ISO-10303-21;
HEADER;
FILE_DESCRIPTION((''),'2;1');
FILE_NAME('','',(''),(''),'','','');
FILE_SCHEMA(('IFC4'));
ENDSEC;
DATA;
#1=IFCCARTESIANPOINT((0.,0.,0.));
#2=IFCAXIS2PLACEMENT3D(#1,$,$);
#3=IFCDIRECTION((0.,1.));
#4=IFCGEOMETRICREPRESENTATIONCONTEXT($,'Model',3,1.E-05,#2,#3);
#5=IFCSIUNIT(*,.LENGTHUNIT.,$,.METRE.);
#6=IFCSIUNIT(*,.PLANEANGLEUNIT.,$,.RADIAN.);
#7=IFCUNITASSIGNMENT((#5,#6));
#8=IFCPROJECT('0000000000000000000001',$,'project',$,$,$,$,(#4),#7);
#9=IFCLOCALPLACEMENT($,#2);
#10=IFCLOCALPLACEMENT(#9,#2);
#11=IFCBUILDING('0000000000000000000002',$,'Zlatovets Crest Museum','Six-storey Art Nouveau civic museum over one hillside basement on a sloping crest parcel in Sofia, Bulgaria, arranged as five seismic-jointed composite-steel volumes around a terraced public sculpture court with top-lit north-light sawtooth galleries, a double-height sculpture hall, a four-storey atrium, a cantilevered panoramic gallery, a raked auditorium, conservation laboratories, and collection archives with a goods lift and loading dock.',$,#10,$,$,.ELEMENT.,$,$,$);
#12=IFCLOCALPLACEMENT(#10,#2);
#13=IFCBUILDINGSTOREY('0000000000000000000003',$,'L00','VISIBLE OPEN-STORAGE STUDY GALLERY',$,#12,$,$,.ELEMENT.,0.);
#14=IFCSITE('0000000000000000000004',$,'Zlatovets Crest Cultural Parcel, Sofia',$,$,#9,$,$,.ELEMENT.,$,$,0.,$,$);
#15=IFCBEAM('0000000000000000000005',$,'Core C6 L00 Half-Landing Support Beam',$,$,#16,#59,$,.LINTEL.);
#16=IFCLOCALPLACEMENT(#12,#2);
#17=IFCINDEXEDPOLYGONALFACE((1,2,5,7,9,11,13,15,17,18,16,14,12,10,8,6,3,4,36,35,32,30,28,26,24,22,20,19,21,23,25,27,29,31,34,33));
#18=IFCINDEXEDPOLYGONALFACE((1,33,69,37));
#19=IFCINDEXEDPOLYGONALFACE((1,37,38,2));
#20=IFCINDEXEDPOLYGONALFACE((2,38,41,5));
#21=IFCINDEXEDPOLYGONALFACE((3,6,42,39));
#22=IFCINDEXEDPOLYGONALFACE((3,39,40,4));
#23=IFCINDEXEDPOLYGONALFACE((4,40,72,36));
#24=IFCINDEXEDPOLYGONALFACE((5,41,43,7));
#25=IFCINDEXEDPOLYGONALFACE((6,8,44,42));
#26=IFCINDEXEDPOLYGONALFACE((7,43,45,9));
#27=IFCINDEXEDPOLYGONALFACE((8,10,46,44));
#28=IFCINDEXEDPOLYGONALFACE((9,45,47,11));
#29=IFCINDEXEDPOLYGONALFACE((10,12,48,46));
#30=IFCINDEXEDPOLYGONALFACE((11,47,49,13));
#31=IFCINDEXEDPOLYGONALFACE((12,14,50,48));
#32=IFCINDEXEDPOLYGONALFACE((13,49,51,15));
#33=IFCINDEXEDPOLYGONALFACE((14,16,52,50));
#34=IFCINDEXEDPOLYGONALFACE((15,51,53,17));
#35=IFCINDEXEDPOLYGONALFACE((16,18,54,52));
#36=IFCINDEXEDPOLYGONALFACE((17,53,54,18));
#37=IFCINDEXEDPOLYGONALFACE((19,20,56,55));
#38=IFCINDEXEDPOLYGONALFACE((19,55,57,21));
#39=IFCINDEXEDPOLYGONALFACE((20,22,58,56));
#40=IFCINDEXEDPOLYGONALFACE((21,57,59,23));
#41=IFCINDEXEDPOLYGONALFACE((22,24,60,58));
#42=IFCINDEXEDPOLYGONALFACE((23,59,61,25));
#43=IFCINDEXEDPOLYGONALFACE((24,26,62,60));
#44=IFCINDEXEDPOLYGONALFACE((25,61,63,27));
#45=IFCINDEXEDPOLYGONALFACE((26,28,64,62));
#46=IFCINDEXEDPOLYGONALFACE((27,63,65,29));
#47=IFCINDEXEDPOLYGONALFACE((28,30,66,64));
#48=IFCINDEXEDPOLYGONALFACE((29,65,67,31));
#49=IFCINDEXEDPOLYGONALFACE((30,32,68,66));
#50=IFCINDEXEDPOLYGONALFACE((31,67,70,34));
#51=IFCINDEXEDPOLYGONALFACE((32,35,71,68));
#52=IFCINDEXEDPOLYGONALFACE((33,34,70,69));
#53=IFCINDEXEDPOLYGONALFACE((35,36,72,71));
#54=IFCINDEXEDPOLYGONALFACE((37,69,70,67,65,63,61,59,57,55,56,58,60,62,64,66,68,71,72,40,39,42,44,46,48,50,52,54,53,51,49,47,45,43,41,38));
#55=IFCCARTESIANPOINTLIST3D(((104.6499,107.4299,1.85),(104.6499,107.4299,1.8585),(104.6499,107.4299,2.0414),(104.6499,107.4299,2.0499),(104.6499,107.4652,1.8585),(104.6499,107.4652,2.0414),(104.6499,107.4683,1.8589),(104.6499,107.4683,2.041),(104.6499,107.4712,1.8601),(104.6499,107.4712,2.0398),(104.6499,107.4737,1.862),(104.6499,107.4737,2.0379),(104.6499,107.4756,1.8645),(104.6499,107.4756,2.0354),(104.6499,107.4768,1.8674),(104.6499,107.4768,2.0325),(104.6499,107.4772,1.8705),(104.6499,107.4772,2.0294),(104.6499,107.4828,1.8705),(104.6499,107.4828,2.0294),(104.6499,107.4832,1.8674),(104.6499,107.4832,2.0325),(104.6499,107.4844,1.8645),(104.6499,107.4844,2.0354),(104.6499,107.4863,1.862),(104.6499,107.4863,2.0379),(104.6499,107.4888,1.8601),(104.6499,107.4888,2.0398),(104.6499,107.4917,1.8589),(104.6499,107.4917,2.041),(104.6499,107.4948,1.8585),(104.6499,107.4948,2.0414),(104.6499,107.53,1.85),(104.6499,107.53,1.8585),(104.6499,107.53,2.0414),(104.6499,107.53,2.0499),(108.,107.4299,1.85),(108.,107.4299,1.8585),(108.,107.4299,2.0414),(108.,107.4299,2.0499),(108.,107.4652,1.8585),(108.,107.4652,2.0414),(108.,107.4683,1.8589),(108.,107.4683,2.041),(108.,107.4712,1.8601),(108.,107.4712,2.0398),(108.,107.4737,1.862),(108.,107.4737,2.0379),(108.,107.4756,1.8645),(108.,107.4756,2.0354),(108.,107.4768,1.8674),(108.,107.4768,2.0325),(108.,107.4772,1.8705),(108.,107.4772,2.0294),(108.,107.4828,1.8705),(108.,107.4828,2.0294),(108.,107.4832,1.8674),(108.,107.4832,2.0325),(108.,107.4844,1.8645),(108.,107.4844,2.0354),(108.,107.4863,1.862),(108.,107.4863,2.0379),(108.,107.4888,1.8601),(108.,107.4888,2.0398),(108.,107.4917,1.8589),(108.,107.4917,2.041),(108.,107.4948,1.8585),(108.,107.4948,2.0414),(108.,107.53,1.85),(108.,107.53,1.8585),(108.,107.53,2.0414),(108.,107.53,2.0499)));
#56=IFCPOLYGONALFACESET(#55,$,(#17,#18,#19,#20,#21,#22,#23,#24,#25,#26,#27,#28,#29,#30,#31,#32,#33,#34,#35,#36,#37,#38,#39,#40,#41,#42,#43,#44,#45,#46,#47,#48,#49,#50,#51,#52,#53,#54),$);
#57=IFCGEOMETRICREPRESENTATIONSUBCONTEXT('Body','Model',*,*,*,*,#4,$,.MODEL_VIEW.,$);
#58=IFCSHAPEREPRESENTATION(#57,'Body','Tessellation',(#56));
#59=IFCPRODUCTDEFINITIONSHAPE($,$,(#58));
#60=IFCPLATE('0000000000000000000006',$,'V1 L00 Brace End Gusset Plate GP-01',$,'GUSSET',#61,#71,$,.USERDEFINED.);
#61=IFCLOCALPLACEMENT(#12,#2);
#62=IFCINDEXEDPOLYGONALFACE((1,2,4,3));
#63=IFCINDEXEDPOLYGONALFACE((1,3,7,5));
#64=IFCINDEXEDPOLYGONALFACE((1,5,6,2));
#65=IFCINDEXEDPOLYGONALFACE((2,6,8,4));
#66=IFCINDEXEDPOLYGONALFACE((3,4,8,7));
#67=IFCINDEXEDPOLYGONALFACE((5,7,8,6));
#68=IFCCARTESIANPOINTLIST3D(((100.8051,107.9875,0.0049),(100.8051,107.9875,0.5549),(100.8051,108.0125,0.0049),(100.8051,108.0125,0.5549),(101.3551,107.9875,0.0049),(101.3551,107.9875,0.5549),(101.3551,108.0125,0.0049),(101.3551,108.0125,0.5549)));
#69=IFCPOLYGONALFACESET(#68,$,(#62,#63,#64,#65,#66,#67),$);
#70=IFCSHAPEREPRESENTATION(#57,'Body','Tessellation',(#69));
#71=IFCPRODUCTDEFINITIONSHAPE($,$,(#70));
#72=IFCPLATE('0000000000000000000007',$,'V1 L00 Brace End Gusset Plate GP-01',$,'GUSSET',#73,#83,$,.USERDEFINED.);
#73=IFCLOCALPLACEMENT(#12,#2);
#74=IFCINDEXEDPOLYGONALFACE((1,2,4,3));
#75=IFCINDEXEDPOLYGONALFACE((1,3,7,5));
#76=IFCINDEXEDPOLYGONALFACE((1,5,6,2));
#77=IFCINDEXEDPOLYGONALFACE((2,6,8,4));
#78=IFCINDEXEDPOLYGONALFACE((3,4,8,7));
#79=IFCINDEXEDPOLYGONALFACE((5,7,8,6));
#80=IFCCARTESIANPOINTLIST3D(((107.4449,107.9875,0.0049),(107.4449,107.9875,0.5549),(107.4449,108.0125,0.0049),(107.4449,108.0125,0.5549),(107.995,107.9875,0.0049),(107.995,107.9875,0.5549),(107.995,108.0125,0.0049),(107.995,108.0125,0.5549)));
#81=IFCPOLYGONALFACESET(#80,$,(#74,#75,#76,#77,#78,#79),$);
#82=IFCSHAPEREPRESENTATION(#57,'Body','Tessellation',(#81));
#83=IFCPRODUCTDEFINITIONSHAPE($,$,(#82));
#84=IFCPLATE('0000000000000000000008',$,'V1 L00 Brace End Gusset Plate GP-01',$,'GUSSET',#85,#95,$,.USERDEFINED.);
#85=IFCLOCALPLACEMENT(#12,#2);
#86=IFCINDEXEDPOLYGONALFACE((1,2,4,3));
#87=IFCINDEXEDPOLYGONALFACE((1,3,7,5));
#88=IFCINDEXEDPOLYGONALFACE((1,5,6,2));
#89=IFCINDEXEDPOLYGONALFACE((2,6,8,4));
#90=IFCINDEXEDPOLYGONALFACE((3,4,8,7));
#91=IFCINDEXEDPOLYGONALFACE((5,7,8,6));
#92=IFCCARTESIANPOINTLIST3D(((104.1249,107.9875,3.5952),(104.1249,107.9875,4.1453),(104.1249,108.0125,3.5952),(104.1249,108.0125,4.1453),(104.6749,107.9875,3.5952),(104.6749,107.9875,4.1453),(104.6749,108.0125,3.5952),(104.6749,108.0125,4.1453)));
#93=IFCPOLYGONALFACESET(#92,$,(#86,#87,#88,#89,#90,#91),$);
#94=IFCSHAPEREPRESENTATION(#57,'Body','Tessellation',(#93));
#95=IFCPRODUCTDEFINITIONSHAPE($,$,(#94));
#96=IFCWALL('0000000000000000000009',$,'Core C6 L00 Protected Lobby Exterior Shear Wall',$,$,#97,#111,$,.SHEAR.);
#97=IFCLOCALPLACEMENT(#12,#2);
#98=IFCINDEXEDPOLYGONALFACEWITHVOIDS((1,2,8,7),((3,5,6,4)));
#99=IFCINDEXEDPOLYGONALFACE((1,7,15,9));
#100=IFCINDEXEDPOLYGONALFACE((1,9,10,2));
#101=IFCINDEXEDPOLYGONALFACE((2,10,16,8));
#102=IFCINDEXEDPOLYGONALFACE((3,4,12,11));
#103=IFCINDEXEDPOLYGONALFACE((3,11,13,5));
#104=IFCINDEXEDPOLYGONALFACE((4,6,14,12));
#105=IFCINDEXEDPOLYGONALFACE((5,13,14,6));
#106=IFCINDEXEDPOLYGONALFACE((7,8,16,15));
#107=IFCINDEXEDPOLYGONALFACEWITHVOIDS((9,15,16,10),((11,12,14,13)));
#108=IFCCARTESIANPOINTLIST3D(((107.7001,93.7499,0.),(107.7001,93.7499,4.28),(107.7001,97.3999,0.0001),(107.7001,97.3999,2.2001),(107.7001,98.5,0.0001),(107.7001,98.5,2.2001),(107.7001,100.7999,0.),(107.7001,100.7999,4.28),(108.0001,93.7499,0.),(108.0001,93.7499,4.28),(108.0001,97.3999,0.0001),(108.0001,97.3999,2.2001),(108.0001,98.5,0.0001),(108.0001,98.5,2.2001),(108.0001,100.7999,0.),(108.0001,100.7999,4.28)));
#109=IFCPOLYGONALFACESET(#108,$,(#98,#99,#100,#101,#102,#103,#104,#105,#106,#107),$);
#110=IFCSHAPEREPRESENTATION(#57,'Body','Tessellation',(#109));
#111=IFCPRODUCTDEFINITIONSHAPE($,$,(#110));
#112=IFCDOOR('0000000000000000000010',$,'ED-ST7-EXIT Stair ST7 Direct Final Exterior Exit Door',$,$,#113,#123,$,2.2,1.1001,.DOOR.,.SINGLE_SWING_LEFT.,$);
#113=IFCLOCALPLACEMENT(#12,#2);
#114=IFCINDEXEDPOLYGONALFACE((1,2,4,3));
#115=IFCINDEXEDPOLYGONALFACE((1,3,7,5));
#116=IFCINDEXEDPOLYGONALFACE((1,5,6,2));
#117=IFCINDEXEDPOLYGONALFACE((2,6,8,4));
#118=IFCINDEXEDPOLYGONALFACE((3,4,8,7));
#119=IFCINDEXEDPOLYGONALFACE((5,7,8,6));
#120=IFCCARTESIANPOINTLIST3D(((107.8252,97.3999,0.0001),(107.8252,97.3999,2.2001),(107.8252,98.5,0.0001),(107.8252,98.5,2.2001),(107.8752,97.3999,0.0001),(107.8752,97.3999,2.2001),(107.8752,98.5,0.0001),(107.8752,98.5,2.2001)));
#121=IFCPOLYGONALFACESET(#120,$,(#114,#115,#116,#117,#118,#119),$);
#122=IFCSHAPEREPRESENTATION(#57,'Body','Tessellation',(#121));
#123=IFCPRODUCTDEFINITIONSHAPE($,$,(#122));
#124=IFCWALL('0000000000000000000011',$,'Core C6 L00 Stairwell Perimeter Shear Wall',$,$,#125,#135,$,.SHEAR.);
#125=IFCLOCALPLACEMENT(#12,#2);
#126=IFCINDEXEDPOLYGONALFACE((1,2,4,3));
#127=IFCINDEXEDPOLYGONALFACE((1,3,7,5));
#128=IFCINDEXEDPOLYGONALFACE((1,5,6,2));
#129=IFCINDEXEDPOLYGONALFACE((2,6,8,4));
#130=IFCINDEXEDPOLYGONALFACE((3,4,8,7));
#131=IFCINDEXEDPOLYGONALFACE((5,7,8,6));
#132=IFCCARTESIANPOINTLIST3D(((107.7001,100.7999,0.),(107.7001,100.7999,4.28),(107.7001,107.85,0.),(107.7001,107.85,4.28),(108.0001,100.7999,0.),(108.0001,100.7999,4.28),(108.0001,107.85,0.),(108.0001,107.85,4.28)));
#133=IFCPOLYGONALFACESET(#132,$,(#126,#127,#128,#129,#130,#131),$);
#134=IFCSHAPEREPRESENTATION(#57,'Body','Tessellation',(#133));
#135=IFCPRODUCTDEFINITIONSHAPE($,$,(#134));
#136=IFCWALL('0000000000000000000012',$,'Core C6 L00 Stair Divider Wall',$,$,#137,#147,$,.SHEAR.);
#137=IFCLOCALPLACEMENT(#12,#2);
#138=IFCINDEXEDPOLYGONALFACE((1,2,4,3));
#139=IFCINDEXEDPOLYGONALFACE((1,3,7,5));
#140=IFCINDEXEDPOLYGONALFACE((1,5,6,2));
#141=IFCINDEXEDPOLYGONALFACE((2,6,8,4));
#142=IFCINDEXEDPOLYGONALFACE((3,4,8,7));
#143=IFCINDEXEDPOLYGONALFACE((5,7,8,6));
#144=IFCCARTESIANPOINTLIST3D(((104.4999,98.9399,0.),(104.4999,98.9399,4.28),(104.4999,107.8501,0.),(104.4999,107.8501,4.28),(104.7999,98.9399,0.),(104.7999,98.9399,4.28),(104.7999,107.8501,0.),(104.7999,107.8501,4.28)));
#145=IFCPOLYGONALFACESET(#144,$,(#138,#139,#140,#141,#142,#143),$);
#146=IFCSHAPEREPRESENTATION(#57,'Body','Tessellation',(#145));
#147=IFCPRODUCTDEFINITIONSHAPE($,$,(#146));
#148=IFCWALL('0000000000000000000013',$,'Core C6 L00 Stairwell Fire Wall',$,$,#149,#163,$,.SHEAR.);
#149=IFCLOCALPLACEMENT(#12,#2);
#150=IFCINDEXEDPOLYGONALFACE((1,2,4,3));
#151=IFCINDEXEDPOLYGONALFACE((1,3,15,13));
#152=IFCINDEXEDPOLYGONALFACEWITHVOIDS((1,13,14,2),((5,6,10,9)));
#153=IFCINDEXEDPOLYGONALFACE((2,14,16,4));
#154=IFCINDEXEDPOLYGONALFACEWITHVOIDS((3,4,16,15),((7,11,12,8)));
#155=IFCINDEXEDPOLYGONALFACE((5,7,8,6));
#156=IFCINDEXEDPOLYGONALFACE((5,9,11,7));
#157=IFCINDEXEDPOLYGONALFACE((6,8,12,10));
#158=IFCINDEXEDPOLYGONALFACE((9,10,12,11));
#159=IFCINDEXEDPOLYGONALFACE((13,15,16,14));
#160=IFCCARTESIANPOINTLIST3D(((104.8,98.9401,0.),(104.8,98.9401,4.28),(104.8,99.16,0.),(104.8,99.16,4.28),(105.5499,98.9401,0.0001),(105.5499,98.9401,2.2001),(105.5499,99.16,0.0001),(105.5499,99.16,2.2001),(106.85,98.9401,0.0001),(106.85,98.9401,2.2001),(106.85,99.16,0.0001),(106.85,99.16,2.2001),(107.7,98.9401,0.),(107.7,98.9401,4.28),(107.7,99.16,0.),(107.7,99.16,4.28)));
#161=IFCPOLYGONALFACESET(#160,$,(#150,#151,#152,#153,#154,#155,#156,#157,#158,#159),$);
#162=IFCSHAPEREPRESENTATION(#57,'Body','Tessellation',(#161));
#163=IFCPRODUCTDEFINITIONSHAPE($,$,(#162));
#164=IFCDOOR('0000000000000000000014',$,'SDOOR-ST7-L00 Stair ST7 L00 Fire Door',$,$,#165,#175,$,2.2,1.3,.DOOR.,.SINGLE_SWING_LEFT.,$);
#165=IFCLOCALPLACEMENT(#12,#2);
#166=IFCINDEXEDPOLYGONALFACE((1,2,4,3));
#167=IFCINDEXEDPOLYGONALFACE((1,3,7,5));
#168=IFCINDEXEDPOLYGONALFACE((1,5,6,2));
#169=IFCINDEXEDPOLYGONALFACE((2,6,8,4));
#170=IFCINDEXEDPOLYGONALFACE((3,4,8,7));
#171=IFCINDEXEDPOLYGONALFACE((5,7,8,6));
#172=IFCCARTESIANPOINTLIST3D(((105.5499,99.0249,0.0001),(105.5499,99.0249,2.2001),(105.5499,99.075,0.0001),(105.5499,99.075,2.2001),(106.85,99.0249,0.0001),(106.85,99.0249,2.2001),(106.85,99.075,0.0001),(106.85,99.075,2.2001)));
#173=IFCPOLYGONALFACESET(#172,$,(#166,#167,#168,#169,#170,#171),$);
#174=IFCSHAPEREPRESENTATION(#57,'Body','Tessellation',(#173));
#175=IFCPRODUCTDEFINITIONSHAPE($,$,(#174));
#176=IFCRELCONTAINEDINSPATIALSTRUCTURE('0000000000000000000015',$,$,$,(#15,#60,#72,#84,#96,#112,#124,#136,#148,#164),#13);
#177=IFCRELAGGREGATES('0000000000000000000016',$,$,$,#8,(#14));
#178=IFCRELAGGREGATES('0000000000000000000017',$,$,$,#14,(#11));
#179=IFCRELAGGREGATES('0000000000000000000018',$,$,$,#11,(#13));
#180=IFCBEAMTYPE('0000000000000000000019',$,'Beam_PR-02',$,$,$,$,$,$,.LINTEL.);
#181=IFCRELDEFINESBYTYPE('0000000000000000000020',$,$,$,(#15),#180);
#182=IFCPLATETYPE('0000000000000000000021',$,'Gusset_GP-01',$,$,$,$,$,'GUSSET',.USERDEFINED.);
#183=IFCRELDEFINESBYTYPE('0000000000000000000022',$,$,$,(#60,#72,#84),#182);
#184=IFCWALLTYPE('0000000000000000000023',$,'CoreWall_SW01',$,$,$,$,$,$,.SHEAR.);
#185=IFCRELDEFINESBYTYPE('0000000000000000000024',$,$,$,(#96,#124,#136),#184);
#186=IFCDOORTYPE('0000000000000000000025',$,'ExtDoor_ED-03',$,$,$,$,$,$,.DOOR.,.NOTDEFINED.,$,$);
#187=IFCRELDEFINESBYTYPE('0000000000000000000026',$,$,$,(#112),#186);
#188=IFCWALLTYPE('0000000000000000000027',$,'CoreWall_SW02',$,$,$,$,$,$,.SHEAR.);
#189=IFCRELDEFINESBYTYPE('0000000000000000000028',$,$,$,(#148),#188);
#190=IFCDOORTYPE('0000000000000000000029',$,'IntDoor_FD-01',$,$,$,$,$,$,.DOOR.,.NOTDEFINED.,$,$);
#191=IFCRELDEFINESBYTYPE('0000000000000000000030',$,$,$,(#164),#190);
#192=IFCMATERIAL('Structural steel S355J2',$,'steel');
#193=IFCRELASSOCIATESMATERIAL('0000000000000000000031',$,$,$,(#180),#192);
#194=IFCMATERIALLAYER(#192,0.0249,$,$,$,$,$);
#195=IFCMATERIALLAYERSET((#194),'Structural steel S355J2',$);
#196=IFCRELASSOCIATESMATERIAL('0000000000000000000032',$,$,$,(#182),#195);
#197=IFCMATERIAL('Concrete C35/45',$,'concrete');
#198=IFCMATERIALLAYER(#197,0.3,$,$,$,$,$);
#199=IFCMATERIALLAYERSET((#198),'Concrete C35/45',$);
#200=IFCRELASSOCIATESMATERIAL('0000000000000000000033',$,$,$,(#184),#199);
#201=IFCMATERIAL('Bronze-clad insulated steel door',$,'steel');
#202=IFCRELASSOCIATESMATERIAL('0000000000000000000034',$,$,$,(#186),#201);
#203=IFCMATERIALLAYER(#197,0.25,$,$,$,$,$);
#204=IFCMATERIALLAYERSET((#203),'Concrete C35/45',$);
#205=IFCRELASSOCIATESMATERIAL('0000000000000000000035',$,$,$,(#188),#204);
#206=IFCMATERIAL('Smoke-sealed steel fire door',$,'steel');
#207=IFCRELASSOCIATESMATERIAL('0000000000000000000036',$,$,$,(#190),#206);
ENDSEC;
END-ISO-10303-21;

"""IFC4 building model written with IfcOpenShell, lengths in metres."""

from ifc_helpers import new_model, si_unit, direction, frame, frame_2d, origin, origin_2d, place, context, subcontext, project, spatial, rectangle, i_section, extrude, material, layer, layer_set, material_profile, profile_set, type_object, element, fill, save


model = new_model("IFC4")

# Units and contexts
model_context = context("Model", 3, precision=1e-05, world=origin(), true_north=direction((0.0, 1.0)))
body_context = subcontext(model_context, "Body", "Model", "MODEL_VIEW")
ifc_project = project(units=[si_unit("LENGTHUNIT", "METRE"), si_unit("PLANEANGLEUNIT", "RADIAN")], contexts=[model_context])

# Site, building, storey
site_placement = place(None, origin())
site = spatial("IfcSite", under=ifc_project, at=site_placement, Name="Zlatovets Crest Cultural Parcel, Sofia", CompositionType="ELEMENT", RefElevation=0.0)
building_placement = place(site_placement, origin())
building = spatial("IfcBuilding", under=site, at=building_placement, Name="Zlatovets Crest Museum", Description="Six-storey Art Nouveau civic museum over one hillside basement on a sloping crest parcel in Sofia, Bulgaria, arranged as five seismic-jointed composite-steel volumes around a terraced public sculpture court with top-lit north-light sawtooth galleries, a double-height sculpture hall, a four-storey atrium, a cantilevered panoramic gallery, a raked auditorium, conservation laboratories, and collection archives with a goods lift and loading dock.", CompositionType="ELEMENT")
storey_placement = place(building_placement, origin())
storey = spatial("IfcBuildingStorey", under=building, at=storey_placement, Name="L00", Description="VISIBLE OPEN-STORAGE STUDY GALLERY", CompositionType="ELEMENT", Elevation=0.0)

# Shared definitions
ifc_material_1 = material(Name="Structural steel S355J2", Category="steel")

# Beam
ifc_material_profile_1 = material_profile(ifc_material_1, i_section(OverallWidth=0.1001, OverallDepth=0.2, WebThickness=0.0056, FlangeThickness=0.0085, FilletRadius=0.012, at=origin_2d()), Name="IPE 200")
ifc_profile_set_1 = profile_set([ifc_material_profile_1], Name="Structural steel S355J2")
beam_type_1 = type_object("IfcBeamType", Name="Beam_PR-02", PredefinedType="LINTEL", material=ifc_profile_set_1)
for number, where, z_axis, x_axis, name in (
    (1, (104.6499, 107.48, 1.95), (1.0, 0.0, 0.0), (0.0, 1.0, 0.0), "Core C6 L00 Half-Landing Support Beam"),
):
    element("IfcBeam", number, at=place(storey_placement, frame(where, z_axis=z_axis, x_axis=x_axis)), inside=storey, type_object=beam_type_1, Name=name, PredefinedType="LINTEL", context=body_context, shape_type="SweptSolid", body=[
        extrude(i_section(OverallWidth=0.1001, OverallDepth=0.2, WebThickness=0.0056, FlangeThickness=0.0085, FilletRadius=0.012, at=origin_2d()), origin(), (0.0, 0.0, 1.0), 3.3501),
    ])

# Plates
ifc_layer_1 = layer(ifc_material_1, 0.0249)
ifc_layer_set_1 = layer_set([ifc_layer_1], Name="Structural steel S355J2")
plate_type = type_object("IfcPlateType", Name="Gusset_GP-01", ElementType="GUSSET", PredefinedType="USERDEFINED", material=ifc_layer_set_1)
for number, where, z_axis, x_axis, name in (
    (2, (101.0801, 108.0, 0.0049), (0.0, 0.0, 1.0), (1.0, 0.0, 0.0), "V1 L00 Brace End Gusset Plate GP-01"),
    (3, (107.72, 108.0, 0.0049), (0.0, 0.0, 1.0), (1.0, 0.0, 0.0), "V1 L00 Brace End Gusset Plate GP-01"),
    (4, (104.3999, 108.0, 3.5952), (0.0, 0.0, 1.0), (1.0, 0.0, 0.0), "V1 L00 Brace End Gusset Plate GP-01"),
):
    element("IfcPlate", number, at=place(storey_placement, frame(where, z_axis=z_axis, x_axis=x_axis)), inside=storey, type_object=plate_type, Name=name, ObjectType="GUSSET", PredefinedType="USERDEFINED", context=body_context, shape_type="SweptSolid", body=[
        extrude(rectangle(XDim=0.55, YDim=0.0249, at=origin_2d()), origin(), (0.0, 0.0, 1.0), 0.55),
    ])

# Wall, opening, door
ifc_material_2 = material(Name="Concrete C35/45", Category="concrete")
ifc_layer_2 = layer(ifc_material_2, 0.3)
ifc_layer_set_2 = layer_set([ifc_layer_2], Name="Concrete C35/45")
wall_type_1 = type_object("IfcWallType", Name="CoreWall_SW01", PredefinedType="SHEAR", material=ifc_layer_set_2)
wall_1_placement = place(storey_placement, frame((107.8501, 93.75, 0.0), z_axis=(0.0, 0.0, 1.0), x_axis=(0.0, 1.0, 0.0)))
wall_1 = element("IfcWall", 5, at=wall_1_placement, inside=storey, type_object=wall_type_1, Name="Core C6 L00 Protected Lobby Exterior Shear Wall", PredefinedType="SHEAR", context=body_context, shape_type="SweptSolid", body=[
    extrude(rectangle(XDim=7.05, YDim=0.3, at=frame_2d((3.5249, 0.0))), origin(), (0.0, 0.0, 1.0), 4.28),
])
opening_1_placement = place(wall_1_placement, frame((3.6499, 0.0, 0.0)))
opening_1 = element("IfcOpeningElement", 6, at=opening_1_placement, cuts=wall_1, PredefinedType="OPENING", context=body_context, shape_type="SweptSolid", body=[
    extrude(rectangle(XDim=1.1001, YDim=2.2, at=frame_2d((0.55, 1.1001))), frame((0.0, 0.1602, 0.0), z_axis=(0.0, -1.0, 0.0), x_axis=(1.0, 0.0, 0.0)), (0.0, 0.0, 1.0), 0.3201),
])
ifc_material_3 = material(Name="Bronze-clad insulated steel door", Category="steel")
door_type_1 = type_object("IfcDoorType", Name="ExtDoor_ED-03", OperationType="NOTDEFINED", PredefinedType="DOOR", material=ifc_material_3)
door_1_placement = place(opening_1_placement, origin())
door_1 = element("IfcDoor", 7, at=door_1_placement, inside=storey, type_object=door_type_1, Name="ED-ST7-EXIT Stair ST7 Direct Final Exterior Exit Door", OperationType="SINGLE_SWING_LEFT", OverallHeight=2.2, OverallWidth=1.1001, PredefinedType="DOOR", context=body_context, shape_type="SweptSolid", body=[
    extrude(rectangle(XDim=1.1001, YDim=2.2, at=frame_2d((0.55, 1.1001))), frame((0.0, 0.0249, 0.0), z_axis=(0.0, -1.0, 0.0), x_axis=(1.0, 0.0, 0.0)), (0.0, 0.0, 1.0), 0.05),
])
fill(opening_1, door_1)

# Walls
wall_2_placement = place(storey_placement, frame((107.8501, 100.8, 0.0), z_axis=(0.0, 0.0, 1.0), x_axis=(0.0, 1.0, 0.0)))
element("IfcWall", 8, at=wall_2_placement, inside=storey, type_object=wall_type_1, Name="Core C6 L00 Stairwell Perimeter Shear Wall", PredefinedType="SHEAR", context=body_context, shape_type="SweptSolid", body=[
    extrude(rectangle(XDim=7.05, YDim=0.3, at=frame_2d((3.5249, 0.0))), origin(), (0.0, 0.0, 1.0), 4.28),
])
wall_3_placement = place(storey_placement, frame((104.6499, 98.9399, 0.0), z_axis=(0.0, 0.0, 1.0), x_axis=(0.0, 1.0, 0.0)))
element("IfcWall", 9, at=wall_3_placement, inside=storey, type_object=wall_type_1, Name="Core C6 L00 Stair Divider Wall", PredefinedType="SHEAR", context=body_context, shape_type="SweptSolid", body=[
    extrude(rectangle(XDim=8.9102, YDim=0.3, at=frame_2d((4.4551, 0.0))), origin(), (0.0, 0.0, 1.0), 4.28),
])

# Wall, opening, door
ifc_layer_3 = layer(ifc_material_2, 0.25)
ifc_layer_set_3 = layer_set([ifc_layer_3], Name="Concrete C35/45")
wall_type_2 = type_object("IfcWallType", Name="CoreWall_SW02", PredefinedType="SHEAR", material=ifc_layer_set_3)
wall_4_placement = place(storey_placement, frame((104.8, 99.05, 0.0), z_axis=(0.0, 0.0, 1.0), x_axis=(1.0, 0.0, 0.0)))
wall_4 = element("IfcWall", 10, at=wall_4_placement, inside=storey, type_object=wall_type_2, Name="Core C6 L00 Stairwell Fire Wall", PredefinedType="SHEAR", context=body_context, shape_type="SweptSolid", body=[
    extrude(rectangle(XDim=2.8999, YDim=0.22, at=frame_2d((1.45, 0.0))), origin(), (0.0, 0.0, 1.0), 4.28),
])
opening_2_placement = place(wall_4_placement, frame((0.75, 0.0, 0.0)))
opening_2 = element("IfcOpeningElement", 11, at=opening_2_placement, cuts=wall_4, PredefinedType="OPENING", context=body_context, shape_type="SweptSolid", body=[
    extrude(rectangle(XDim=1.3, YDim=2.2, at=frame_2d((0.6499, 1.1001))), frame((0.0, 0.1201, 0.0), z_axis=(0.0, -1.0, 0.0), x_axis=(1.0, 0.0, 0.0)), (0.0, 0.0, 1.0), 0.24),
])
ifc_material_4 = material(Name="Smoke-sealed steel fire door", Category="steel")
door_type_2 = type_object("IfcDoorType", Name="IntDoor_FD-01", OperationType="NOTDEFINED", PredefinedType="DOOR", material=ifc_material_4)
door_2_placement = place(opening_2_placement, origin())
door_2 = element("IfcDoor", 12, at=door_2_placement, inside=storey, type_object=door_type_2, Name="SDOOR-ST7-L00 Stair ST7 L00 Fire Door", OperationType="SINGLE_SWING_LEFT", OverallHeight=2.2, OverallWidth=1.3, PredefinedType="DOOR", context=body_context, shape_type="SweptSolid", body=[
    extrude(rectangle(XDim=1.3, YDim=2.2, at=frame_2d((0.6499, 1.1001))), frame((0.0, 0.0249, 0.0), z_axis=(0.0, -1.0, 0.0), x_axis=(1.0, 0.0, 0.0)), (0.0, 0.0, 1.0), 0.05),
])
fill(opening_2, door_2)

save(model, "model.ifc")
